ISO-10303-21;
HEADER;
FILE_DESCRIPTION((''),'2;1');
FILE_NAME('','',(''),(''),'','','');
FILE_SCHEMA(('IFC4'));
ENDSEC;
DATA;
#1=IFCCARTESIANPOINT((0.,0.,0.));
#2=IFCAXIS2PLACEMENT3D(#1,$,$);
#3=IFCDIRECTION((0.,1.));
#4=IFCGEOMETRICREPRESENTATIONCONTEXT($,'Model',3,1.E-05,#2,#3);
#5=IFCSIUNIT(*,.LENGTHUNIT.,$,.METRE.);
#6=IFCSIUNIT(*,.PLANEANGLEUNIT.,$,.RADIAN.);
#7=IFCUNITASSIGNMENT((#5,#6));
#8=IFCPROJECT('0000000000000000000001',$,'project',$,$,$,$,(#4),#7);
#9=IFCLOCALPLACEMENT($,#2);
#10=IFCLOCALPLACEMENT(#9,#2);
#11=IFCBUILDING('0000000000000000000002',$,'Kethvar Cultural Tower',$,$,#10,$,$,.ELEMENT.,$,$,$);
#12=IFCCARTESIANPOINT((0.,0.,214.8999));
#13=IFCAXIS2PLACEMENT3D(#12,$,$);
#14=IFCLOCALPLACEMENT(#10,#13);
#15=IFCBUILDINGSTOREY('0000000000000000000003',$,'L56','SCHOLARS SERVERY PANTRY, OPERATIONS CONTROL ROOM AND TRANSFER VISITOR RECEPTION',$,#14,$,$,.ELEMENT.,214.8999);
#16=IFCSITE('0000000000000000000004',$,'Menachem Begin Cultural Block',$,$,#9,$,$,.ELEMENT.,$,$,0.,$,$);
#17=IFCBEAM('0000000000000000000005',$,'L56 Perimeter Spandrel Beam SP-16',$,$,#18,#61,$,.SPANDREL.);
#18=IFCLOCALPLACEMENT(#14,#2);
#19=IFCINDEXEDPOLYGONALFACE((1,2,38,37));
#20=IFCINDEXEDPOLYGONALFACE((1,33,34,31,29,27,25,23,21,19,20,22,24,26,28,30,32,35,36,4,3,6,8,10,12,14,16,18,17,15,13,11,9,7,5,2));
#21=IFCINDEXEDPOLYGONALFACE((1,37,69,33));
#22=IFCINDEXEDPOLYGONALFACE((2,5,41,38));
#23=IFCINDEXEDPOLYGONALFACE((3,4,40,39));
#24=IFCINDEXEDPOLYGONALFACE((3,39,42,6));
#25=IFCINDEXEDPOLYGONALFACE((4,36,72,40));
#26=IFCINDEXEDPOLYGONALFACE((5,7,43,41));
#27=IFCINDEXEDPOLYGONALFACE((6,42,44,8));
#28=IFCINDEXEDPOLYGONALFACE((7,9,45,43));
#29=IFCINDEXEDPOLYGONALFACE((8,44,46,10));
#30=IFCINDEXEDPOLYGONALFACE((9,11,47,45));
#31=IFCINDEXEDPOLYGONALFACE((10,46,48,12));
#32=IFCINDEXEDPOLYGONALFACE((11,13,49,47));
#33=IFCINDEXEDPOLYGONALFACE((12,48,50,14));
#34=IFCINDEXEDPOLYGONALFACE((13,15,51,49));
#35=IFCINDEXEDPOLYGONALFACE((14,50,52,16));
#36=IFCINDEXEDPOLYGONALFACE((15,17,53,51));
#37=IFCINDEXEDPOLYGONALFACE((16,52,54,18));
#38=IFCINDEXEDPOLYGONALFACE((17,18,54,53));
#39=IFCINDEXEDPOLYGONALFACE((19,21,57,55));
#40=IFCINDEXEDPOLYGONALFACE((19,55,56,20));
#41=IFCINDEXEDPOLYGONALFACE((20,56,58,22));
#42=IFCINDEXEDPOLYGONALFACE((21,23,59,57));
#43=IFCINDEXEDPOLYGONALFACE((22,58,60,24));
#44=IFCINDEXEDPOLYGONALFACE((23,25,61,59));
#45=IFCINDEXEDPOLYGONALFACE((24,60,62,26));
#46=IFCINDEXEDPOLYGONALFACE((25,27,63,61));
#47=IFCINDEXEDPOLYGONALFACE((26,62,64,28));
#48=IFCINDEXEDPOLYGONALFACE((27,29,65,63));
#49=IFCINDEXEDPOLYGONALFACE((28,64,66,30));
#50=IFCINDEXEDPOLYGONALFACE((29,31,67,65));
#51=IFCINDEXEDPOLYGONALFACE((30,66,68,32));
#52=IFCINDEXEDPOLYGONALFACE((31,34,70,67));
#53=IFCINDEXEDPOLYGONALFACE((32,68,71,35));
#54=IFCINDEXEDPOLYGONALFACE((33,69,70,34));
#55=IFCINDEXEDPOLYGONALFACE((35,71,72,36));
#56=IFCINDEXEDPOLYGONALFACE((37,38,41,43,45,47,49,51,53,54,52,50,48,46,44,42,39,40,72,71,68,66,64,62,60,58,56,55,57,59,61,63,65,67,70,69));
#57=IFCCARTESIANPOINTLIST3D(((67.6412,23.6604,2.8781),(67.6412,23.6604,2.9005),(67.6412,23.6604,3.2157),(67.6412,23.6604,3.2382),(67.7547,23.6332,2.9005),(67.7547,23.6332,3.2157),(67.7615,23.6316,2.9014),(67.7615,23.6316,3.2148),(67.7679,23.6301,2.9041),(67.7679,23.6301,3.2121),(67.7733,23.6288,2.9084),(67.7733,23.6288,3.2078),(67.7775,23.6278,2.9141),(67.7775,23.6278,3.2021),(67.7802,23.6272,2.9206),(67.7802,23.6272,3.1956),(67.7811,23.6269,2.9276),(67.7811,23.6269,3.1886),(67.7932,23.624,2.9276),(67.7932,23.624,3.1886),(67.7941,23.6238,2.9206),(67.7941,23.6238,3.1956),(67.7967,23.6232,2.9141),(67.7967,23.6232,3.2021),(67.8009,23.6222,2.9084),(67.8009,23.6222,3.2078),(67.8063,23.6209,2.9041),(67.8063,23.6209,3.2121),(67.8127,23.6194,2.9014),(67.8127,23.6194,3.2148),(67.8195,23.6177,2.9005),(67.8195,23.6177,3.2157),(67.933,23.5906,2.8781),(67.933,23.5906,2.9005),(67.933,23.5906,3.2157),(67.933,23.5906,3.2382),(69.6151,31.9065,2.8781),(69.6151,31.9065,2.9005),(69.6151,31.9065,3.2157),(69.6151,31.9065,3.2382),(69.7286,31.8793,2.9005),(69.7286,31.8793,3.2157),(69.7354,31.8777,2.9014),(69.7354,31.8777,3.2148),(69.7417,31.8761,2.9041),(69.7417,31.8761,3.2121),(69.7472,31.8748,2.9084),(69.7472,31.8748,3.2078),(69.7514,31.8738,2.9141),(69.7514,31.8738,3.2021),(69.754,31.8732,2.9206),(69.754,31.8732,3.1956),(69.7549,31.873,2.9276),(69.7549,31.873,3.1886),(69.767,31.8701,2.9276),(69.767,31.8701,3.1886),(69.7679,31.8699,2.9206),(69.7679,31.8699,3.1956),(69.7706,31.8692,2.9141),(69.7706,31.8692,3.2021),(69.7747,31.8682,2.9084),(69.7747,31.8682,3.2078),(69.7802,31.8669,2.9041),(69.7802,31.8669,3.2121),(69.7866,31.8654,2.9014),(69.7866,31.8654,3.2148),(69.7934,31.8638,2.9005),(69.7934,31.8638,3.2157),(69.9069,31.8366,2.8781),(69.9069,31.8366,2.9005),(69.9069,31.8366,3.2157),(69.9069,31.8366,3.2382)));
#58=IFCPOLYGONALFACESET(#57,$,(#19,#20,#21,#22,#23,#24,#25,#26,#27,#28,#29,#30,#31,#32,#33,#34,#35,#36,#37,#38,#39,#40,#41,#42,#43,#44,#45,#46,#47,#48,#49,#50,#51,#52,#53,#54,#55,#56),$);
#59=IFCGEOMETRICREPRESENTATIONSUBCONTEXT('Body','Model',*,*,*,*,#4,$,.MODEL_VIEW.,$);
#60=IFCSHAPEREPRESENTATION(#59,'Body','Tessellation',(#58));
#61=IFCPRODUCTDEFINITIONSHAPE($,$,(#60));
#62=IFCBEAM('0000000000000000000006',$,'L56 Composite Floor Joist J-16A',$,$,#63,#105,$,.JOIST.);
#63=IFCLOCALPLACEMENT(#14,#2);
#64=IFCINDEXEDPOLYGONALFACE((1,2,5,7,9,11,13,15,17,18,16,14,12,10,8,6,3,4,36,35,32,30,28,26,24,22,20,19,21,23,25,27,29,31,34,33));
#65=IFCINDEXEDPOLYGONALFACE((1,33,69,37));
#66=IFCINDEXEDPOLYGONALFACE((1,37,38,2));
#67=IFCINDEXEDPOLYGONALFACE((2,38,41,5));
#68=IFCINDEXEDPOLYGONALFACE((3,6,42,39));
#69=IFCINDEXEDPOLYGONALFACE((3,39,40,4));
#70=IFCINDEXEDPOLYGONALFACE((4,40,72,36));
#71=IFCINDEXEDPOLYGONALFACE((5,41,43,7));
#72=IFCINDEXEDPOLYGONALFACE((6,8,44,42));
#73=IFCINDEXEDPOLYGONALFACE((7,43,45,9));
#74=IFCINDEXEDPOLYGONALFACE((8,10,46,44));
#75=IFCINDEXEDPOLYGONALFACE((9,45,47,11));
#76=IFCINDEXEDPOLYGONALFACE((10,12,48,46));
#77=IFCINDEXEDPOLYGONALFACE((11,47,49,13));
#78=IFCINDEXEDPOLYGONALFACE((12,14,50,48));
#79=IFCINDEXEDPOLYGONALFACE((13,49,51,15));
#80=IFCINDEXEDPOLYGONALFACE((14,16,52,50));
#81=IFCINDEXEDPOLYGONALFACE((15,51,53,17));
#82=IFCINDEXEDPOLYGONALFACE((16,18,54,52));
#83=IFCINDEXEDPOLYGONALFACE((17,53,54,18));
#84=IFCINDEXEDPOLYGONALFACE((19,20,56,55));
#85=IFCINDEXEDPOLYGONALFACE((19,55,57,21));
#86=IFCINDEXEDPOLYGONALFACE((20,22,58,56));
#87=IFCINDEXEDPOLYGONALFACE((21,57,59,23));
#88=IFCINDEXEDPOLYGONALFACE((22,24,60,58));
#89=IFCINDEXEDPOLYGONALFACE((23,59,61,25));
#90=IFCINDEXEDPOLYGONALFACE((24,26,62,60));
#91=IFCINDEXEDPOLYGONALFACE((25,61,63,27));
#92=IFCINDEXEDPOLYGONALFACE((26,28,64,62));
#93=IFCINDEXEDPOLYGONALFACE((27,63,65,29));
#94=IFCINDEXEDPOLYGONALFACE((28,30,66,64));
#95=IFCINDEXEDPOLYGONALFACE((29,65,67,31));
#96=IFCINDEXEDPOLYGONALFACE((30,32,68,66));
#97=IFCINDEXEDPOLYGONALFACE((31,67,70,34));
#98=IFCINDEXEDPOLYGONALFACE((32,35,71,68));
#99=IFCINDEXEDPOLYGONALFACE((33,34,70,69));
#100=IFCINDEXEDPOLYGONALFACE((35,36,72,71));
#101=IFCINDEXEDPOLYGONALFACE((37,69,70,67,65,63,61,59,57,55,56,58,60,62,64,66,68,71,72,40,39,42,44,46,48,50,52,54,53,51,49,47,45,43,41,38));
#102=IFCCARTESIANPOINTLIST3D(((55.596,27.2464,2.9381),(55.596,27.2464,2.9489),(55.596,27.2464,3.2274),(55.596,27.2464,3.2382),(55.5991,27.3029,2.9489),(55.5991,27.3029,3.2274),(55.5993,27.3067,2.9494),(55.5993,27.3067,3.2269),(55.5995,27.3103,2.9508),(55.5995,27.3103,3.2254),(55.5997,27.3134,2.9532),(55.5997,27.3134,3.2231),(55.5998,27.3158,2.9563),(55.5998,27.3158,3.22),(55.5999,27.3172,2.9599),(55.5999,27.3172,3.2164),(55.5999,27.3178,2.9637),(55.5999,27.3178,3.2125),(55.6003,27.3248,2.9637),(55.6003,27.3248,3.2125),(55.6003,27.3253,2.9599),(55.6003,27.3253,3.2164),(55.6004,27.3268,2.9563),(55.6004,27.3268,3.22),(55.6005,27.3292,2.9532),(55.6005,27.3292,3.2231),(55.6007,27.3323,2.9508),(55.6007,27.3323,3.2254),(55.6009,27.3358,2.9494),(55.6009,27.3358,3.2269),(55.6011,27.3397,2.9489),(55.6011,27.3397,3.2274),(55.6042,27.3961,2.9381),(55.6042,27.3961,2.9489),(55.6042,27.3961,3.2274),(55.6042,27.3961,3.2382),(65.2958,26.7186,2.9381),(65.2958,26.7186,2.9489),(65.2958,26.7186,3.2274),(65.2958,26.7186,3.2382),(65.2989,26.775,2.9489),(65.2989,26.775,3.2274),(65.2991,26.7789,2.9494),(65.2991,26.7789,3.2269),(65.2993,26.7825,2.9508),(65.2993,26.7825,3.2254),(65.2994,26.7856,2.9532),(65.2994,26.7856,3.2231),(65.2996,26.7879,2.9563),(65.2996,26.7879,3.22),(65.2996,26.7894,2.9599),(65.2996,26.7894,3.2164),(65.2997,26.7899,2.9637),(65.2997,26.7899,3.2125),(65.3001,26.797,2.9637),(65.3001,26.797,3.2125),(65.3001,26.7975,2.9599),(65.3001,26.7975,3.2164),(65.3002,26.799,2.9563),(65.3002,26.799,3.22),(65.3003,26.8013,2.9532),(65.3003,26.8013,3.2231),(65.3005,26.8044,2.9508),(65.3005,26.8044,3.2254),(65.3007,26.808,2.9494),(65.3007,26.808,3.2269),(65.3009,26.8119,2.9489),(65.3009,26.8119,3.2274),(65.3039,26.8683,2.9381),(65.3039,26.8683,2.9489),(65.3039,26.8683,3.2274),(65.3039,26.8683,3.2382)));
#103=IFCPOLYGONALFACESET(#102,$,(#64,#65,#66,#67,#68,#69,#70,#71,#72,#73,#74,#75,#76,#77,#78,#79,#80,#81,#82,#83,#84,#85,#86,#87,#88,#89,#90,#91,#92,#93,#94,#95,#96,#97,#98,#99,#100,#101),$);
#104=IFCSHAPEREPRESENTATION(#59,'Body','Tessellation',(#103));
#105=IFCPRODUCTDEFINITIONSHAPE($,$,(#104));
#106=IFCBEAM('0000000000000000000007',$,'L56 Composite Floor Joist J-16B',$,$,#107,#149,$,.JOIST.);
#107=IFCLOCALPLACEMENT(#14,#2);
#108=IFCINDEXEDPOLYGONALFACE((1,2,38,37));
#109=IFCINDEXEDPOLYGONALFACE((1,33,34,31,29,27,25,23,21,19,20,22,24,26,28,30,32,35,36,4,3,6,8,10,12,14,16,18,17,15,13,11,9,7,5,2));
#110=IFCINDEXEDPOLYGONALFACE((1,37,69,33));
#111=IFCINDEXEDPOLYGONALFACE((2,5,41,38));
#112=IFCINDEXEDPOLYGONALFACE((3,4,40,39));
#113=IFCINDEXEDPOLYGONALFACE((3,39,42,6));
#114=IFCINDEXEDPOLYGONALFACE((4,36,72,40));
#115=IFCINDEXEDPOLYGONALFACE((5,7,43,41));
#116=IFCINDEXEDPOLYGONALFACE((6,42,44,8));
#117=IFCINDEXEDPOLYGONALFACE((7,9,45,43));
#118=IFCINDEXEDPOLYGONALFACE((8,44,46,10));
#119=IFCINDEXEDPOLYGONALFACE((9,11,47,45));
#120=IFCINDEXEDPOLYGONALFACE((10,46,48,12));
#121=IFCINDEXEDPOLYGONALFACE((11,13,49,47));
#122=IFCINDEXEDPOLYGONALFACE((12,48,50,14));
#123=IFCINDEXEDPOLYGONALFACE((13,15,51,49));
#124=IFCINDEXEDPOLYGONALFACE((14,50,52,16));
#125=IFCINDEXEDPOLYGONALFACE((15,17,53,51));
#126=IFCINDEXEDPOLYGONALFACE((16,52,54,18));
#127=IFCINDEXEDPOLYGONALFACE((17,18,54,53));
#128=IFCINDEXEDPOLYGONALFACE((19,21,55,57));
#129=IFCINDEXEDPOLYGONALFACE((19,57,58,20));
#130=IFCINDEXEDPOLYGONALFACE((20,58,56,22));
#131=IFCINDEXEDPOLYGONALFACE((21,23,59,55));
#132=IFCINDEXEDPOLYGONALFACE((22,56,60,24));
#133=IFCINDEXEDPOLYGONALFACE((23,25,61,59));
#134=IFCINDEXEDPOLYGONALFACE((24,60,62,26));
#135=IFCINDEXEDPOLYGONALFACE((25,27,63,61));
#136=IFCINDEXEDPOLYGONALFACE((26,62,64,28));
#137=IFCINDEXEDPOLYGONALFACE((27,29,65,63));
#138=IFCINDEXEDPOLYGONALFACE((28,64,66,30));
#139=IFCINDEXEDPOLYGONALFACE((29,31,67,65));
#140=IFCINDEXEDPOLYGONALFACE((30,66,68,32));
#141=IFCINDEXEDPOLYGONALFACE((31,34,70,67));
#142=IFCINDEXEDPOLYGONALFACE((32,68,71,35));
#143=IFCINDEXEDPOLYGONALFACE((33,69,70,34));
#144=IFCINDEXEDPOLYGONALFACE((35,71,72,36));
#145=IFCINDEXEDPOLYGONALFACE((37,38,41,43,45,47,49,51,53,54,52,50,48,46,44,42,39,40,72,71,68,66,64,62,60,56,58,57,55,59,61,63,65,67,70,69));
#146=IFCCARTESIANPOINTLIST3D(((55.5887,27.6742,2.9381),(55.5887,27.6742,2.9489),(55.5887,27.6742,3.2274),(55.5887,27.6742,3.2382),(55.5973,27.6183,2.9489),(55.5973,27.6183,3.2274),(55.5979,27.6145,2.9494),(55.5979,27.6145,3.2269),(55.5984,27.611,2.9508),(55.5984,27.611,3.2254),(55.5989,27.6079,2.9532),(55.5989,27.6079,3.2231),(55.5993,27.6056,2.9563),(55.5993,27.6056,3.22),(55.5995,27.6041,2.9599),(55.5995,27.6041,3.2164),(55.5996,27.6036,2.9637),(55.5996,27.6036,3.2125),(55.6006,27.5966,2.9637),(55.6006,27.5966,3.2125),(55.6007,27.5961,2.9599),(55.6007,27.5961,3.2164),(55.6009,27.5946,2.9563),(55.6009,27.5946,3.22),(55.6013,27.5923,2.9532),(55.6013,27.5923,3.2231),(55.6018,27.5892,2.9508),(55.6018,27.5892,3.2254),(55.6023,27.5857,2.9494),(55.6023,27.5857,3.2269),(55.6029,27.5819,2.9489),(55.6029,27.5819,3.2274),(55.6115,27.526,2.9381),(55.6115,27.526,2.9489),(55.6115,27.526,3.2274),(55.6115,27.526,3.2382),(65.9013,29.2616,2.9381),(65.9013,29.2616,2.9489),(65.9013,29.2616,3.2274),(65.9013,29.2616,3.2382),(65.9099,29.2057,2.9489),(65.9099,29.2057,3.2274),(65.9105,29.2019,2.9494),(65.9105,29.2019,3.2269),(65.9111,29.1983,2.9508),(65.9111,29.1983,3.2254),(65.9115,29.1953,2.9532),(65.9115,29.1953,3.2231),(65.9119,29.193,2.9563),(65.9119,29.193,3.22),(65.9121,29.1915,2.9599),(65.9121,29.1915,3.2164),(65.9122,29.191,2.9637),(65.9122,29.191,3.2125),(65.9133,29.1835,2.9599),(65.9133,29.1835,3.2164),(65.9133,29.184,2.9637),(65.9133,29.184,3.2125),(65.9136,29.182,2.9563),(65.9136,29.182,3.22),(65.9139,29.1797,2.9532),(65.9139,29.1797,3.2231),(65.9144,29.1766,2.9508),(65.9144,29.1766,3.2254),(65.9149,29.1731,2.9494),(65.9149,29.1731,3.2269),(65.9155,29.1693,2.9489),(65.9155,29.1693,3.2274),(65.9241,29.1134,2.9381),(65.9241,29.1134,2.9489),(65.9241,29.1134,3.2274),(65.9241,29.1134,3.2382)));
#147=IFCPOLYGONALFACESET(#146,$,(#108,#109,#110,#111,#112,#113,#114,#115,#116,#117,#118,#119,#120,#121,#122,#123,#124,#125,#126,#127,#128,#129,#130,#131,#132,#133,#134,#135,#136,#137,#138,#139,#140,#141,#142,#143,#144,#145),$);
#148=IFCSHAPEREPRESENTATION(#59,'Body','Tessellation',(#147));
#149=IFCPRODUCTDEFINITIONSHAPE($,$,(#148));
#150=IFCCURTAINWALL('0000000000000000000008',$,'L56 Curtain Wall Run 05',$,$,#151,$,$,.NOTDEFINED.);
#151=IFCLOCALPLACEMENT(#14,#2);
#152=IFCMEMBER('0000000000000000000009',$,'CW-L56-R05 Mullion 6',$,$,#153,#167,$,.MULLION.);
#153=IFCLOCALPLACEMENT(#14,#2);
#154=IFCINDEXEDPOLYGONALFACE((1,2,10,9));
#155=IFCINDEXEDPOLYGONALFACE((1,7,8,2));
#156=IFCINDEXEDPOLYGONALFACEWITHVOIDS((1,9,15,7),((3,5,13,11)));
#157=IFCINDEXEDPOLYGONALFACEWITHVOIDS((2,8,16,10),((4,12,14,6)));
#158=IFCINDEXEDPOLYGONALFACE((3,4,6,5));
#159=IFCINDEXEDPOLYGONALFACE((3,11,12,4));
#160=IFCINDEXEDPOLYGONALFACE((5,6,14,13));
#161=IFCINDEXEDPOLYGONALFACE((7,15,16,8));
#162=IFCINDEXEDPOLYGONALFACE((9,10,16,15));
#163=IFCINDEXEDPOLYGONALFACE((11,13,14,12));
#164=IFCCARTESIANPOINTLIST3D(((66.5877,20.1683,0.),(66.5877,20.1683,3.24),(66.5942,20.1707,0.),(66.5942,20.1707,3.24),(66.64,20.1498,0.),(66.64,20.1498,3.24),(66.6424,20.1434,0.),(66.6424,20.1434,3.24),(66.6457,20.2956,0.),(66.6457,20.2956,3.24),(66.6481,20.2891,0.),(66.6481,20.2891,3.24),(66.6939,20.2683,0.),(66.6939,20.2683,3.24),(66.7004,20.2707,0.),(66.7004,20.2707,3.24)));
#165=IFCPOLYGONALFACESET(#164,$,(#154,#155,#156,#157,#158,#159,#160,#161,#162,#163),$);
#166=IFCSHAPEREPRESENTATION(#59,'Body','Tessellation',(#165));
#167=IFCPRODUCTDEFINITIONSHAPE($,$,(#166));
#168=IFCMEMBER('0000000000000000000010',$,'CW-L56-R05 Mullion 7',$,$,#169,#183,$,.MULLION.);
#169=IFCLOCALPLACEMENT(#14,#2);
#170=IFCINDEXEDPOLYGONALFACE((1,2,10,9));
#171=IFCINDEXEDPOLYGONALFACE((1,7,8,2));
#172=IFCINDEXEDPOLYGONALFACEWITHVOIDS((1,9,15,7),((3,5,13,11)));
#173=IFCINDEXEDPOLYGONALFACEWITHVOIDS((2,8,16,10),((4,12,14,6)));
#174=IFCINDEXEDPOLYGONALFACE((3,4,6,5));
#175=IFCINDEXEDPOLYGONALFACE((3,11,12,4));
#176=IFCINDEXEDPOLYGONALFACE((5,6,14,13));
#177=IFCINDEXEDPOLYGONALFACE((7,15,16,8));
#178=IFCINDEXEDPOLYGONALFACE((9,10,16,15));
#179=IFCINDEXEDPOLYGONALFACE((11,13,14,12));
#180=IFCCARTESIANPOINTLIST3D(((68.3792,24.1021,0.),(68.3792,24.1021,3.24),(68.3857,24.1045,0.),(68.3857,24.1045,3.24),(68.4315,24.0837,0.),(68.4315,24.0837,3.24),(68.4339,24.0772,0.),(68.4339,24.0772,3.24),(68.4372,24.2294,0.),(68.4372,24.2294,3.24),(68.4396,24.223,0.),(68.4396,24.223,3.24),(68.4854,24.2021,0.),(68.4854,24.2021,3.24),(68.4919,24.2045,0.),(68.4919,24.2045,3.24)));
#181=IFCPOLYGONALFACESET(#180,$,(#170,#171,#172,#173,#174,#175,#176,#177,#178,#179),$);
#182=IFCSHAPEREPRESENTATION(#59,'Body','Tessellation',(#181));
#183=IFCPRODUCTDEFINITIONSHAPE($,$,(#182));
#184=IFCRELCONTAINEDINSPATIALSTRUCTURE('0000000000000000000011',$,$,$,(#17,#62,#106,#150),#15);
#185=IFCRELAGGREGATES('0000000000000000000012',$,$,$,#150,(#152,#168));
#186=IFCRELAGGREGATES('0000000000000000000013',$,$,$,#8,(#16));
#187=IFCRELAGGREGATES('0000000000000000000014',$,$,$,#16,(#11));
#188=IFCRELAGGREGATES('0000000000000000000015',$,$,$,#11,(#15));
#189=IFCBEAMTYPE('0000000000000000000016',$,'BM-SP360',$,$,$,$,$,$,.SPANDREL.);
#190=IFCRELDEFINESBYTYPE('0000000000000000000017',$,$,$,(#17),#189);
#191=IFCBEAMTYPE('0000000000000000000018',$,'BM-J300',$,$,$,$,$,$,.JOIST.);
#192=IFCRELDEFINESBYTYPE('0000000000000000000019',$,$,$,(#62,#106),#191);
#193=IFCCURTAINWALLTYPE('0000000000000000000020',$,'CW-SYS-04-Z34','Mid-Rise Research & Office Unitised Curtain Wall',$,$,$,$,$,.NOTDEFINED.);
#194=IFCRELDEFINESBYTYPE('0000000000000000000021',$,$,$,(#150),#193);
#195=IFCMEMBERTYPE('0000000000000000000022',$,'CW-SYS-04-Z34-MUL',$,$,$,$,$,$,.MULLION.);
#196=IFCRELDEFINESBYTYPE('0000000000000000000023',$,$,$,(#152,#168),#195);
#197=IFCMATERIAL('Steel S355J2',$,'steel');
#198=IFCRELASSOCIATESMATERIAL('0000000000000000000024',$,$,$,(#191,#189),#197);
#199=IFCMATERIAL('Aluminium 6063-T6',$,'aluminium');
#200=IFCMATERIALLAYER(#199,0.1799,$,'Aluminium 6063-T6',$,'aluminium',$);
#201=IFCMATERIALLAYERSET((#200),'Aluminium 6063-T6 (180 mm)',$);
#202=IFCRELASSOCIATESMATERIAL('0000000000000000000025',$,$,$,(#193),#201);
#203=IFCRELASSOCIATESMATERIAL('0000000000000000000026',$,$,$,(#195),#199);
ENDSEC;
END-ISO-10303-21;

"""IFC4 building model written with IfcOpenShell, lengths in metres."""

from ifc_helpers import new_model, si_unit, direction, frame, origin, origin_2d, place, context, subcontext, project, spatial, hollow_rectangle, i_section, extrude, source, transform, mapped, material, layer, layer_set, material_profile, profile_set, type_object, element, aggregate, save


model = new_model("IFC4")

# Units and contexts
model_context = context("Model", 3, precision=1e-05, world=origin(), true_north=direction((0.0, 1.0)))
body_context = subcontext(model_context, "Body", "Model", "MODEL_VIEW")
ifc_project = project(units=[si_unit("LENGTHUNIT", "METRE"), si_unit("PLANEANGLEUNIT", "RADIAN")], contexts=[model_context])

# Site, building, storey
site_placement = place(None, origin())
site = spatial("IfcSite", under=ifc_project, at=site_placement, Name="Menachem Begin Cultural Block", CompositionType="ELEMENT", RefElevation=0.0)
building_placement = place(site_placement, origin())
building = spatial("IfcBuilding", under=site, at=building_placement, Name="Kethvar Cultural Tower", CompositionType="ELEMENT")
storey_placement = place(building_placement, frame((0.0, 0.0, 214.8999)))
storey = spatial("IfcBuildingStorey", under=building, at=storey_placement, Name="L56", Description="SCHOLARS SERVERY PANTRY, OPERATIONS CONTROL ROOM AND TRANSFER VISITOR RECEPTION", CompositionType="ELEMENT", Elevation=214.8999)

# Beams
ifc_material_1 = material(Name="Steel S355J2", Category="steel")
ifc_material_profile_1 = material_profile(ifc_material_1, i_section(OverallWidth=0.1499, OverallDepth=0.3, WebThickness=0.0071, FlangeThickness=0.0107, FilletRadius=0.0149, at=origin_2d()), Name="Steel S355J2 — IPE300")
ifc_profile_set_1 = profile_set([ifc_material_profile_1], Name="Steel S355J2 — IPE300")
beam_type_1 = type_object("IfcBeamType", Name="BM-J300", PredefinedType="JOIST", material=ifc_profile_set_1)
ifc_material_profile_2 = material_profile(ifc_material_1, i_section(OverallWidth=0.3, OverallDepth=0.3601, WebThickness=0.0125, FlangeThickness=0.0225, FilletRadius=0.0271, at=origin_2d()), Name="Steel S355J2 — HEB360")
ifc_profile_set_2 = profile_set([ifc_material_profile_2], Name="Steel S355J2 — HEB360")
beam_type_2 = type_object("IfcBeamType", Name="BM-SP360", PredefinedType="SPANDREL", material=ifc_profile_set_2)
shared_shape_1 = source(origin(), body_context, "Body", "SweptSolid", [
    extrude(i_section(OverallWidth=0.3, OverallDepth=0.3601, WebThickness=0.0125, FlangeThickness=0.0225, FilletRadius=0.0271, at=origin_2d()), origin(), (0.0, 0.0, 1.0), 8.479),
])
beam_1_placement = place(storey_placement, frame((67.7871, 23.6255, 3.0581), z_axis=(0.232795, 0.972526, 0.0), x_axis=(-0.972526, 0.232795, 0.0)))
element("IfcBeam", 1, at=beam_1_placement, inside=storey, type_object=beam_type_2, Name="L56 Perimeter Spandrel Beam SP-16", PredefinedType="SPANDREL", context=body_context, shape_type="MappedRepresentation", body=[
    mapped(shared_shape_1, transform((0.0, 0.0, 0.0), scale=1.0)),
])
shared_shape_2 = source(origin(), body_context, "Body", "SweptSolid", [
    extrude(i_section(OverallWidth=0.1499, OverallDepth=0.3, WebThickness=0.0071, FlangeThickness=0.0107, FilletRadius=0.0149, at=origin_2d()), origin(), (0.0, 0.0, 1.0), 9.7141),
])
beam_2_placement = place(storey_placement, frame((55.6001, 27.3213, 3.0881), z_axis=(0.998523, -0.054337, 0.0), x_axis=(0.054337, 0.998523, 0.0)))
element("IfcBeam", 2, at=beam_2_placement, inside=storey, type_object=beam_type_1, Name="L56 Composite Floor Joist J-16A", PredefinedType="JOIST", context=body_context, shape_type="MappedRepresentation", body=[
    mapped(shared_shape_2, transform((0.0, 0.0, 0.0), scale=1.0)),
])
shared_shape_3 = source(origin(), body_context, "Body", "SweptSolid", [
    extrude(i_section(OverallWidth=0.1499, OverallDepth=0.3, WebThickness=0.0071, FlangeThickness=0.0107, FilletRadius=0.0149, at=origin_2d()), origin(), (0.0, 0.0, 1.0), 10.4341),
])
beam_3_placement = place(storey_placement, frame((55.6001, 27.6001, 3.0881), z_axis=(0.98836, 0.152135, 0.0), x_axis=(-0.152135, 0.98836, 0.0)))
element("IfcBeam", 3, at=beam_3_placement, inside=storey, type_object=beam_type_1, Name="L56 Composite Floor Joist J-16B", PredefinedType="JOIST", context=body_context, shape_type="MappedRepresentation", body=[
    mapped(shared_shape_3, transform((0.0, 0.0, 0.0), scale=1.0)),
])

# Curtain wall, members
ifc_material_2 = material(Name="Aluminium 6063-T6", Category="aluminium")
ifc_layer_1 = layer(ifc_material_2, 0.1799, Name="Aluminium 6063-T6", Category="aluminium")
ifc_layer_set_1 = layer_set([ifc_layer_1], Name="Aluminium 6063-T6 (180 mm)")
curtain_wall_type = type_object("IfcCurtainWallType", Name="CW-SYS-04-Z34", Description="Mid-Rise Research & Office Unitised Curtain Wall", PredefinedType="NOTDEFINED", material=ifc_layer_set_1)
curtain_wall_1_placement = place(storey_placement, origin())
curtain_wall_1 = element("IfcCurtainWall", 4, at=curtain_wall_1_placement, inside=storey, type_object=curtain_wall_type, Name="L56 Curtain Wall Run 05", PredefinedType="NOTDEFINED")
ifc_material_profile_3 = material_profile(ifc_material_2, hollow_rectangle(XDim=0.0601, YDim=0.1399, WallThickness=0.0049, at=origin_2d()), Name="Aluminium 6063-T6 — RHS140x60x5")
ifc_profile_set_3 = profile_set([ifc_material_profile_3], Name="Aluminium 6063-T6 — RHS140x60x5")
member_type_1 = type_object("IfcMemberType", Name="CW-SYS-04-Z34-MUL", PredefinedType="MULLION", material=ifc_profile_set_3)
shared_shape_4 = source(origin(), body_context, "Body", "SweptSolid", [
    extrude(hollow_rectangle(XDim=0.0601, YDim=0.1399, WallThickness=0.0049, at=origin_2d()), origin(), (0.0, 0.0, 1.0), 3.24),
])
member_1_placement = place(storey_placement, frame((66.644, 20.2195, 0.0), z_axis=(0.0, 0.0, 1.0), x_axis=(-0.91007, 0.414455, 0.0)))
member_1 = element("IfcMember", 5, at=member_1_placement, type_object=member_type_1, Name="CW-L56-R05 Mullion 6", PredefinedType="MULLION", context=body_context, shape_type="MappedRepresentation", body=[
    mapped(shared_shape_4, transform((0.0, 0.0, 0.0), scale=1.0)),
])
member_2_placement = place(storey_placement, frame((68.4355, 24.1533, 0.0), z_axis=(0.0, 0.0, 1.0), x_axis=(-0.91007, 0.414455, 0.0)))
member_2 = element("IfcMember", 6, at=member_2_placement, type_object=member_type_1, Name="CW-L56-R05 Mullion 7", PredefinedType="MULLION", context=body_context, shape_type="MappedRepresentation", body=[
    mapped(shared_shape_4, transform((0.0, 0.0, 0.0), scale=1.0)),
])

aggregate(curtain_wall_1, [member_1, member_2])

save(model, "model.ifc")
